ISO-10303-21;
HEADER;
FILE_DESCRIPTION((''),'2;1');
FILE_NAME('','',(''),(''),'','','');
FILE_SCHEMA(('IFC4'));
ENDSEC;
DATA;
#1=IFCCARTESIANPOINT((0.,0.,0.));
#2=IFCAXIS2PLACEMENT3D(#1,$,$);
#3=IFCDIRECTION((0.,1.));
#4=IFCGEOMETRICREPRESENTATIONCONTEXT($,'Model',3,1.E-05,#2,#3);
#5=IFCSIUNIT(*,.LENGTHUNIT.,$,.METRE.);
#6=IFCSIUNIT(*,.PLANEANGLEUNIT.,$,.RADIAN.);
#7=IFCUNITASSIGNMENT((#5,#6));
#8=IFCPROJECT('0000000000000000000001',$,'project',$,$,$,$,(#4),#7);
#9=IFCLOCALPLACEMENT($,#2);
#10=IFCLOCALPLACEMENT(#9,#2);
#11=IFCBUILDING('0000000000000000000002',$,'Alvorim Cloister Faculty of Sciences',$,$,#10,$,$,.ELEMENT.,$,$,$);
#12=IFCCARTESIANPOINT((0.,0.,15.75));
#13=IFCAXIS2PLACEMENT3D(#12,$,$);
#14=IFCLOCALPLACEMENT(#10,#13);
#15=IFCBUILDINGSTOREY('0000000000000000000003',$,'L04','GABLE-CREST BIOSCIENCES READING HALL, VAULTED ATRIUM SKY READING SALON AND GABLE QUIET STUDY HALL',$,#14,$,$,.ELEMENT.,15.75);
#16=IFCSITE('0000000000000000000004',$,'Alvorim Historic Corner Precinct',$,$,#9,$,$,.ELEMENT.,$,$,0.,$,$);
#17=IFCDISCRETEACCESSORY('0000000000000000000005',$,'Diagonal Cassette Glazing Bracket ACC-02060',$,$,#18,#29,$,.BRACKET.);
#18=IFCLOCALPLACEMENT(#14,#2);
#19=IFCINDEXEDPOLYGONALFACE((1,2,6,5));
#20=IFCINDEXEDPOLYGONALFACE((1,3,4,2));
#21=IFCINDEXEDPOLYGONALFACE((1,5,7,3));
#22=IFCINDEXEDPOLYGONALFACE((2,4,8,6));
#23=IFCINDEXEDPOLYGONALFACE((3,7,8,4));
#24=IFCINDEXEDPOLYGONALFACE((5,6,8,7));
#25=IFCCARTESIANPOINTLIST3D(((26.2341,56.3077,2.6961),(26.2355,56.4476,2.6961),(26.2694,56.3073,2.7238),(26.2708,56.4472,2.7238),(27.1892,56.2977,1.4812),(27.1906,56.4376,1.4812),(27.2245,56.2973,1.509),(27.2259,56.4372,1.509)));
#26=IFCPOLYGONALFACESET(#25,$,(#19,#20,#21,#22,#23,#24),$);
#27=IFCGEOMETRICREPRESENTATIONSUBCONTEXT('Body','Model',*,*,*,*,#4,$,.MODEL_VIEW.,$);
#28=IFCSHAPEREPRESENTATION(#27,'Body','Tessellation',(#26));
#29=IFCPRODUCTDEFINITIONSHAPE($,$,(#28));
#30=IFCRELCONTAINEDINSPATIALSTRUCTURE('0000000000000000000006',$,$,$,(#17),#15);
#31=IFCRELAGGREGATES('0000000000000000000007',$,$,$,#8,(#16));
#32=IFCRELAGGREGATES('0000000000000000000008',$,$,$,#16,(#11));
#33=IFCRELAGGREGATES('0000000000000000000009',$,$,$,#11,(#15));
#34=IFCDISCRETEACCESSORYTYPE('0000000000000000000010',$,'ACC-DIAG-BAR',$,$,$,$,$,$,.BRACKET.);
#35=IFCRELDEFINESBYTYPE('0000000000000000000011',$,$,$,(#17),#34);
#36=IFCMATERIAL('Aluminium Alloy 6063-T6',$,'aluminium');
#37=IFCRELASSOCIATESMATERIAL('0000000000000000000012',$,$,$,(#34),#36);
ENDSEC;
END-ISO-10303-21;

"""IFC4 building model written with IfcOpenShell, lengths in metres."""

from ifc_helpers import new_model, si_unit, direction, frame, origin, origin_2d, place, context, subcontext, project, spatial, rectangle, extrude, material, type_object, element, save


model = new_model("IFC4")

# Units and contexts
model_context = context("Model", 3, precision=1e-05, world=origin(), true_north=direction((0.0, 1.0)))
body_context = subcontext(model_context, "Body", "Model", "MODEL_VIEW")
ifc_project = project(units=[si_unit("LENGTHUNIT", "METRE"), si_unit("PLANEANGLEUNIT", "RADIAN")], contexts=[model_context])

# Site, building, storey
site_placement = place(None, origin())
site = spatial("IfcSite", under=ifc_project, at=site_placement, Name="Alvorim Historic Corner Precinct", CompositionType="ELEMENT", RefElevation=0.0)
building_placement = place(site_placement, origin())
building = spatial("IfcBuilding", under=site, at=building_placement, Name="Alvorim Cloister Faculty of Sciences", CompositionType="ELEMENT")
storey_placement = place(building_placement, frame((0.0, 0.0, 15.75)))
storey = spatial("IfcBuildingStorey", under=building, at=storey_placement, Name="L04", Description="GABLE-CREST BIOSCIENCES READING HALL, VAULTED ATRIUM SKY READING SALON AND GABLE QUIET STUDY HALL", CompositionType="ELEMENT", Elevation=15.75)

# Discrete accessory
ifc_material_1 = material(Name="Aluminium Alloy 6063-T6", Category="aluminium")
discrete_accessory_type = type_object("IfcDiscreteAccessoryType", Name="ACC-DIAG-BAR", PredefinedType="BRACKET", material=ifc_material_1)
discrete_accessory_1_placement = place(storey_placement, frame((26.2524, 56.3774, 2.71), z_axis=(0.618032, -0.006477, -0.786126), x_axis=(0.01048, 0.999945, 0.0)))
element("IfcDiscreteAccessory", 1, at=discrete_accessory_1_placement, inside=storey, type_object=discrete_accessory_type, Name="Diagonal Cassette Glazing Bracket ACC-02060", PredefinedType="BRACKET", context=body_context, shape_type="SweptSolid", body=[
    extrude(rectangle(XDim=0.1399, YDim=0.0449, at=origin_2d()), origin(), (0.0, 0.0, 1.0), 1.5454),
])

save(model, "model.ifc")
